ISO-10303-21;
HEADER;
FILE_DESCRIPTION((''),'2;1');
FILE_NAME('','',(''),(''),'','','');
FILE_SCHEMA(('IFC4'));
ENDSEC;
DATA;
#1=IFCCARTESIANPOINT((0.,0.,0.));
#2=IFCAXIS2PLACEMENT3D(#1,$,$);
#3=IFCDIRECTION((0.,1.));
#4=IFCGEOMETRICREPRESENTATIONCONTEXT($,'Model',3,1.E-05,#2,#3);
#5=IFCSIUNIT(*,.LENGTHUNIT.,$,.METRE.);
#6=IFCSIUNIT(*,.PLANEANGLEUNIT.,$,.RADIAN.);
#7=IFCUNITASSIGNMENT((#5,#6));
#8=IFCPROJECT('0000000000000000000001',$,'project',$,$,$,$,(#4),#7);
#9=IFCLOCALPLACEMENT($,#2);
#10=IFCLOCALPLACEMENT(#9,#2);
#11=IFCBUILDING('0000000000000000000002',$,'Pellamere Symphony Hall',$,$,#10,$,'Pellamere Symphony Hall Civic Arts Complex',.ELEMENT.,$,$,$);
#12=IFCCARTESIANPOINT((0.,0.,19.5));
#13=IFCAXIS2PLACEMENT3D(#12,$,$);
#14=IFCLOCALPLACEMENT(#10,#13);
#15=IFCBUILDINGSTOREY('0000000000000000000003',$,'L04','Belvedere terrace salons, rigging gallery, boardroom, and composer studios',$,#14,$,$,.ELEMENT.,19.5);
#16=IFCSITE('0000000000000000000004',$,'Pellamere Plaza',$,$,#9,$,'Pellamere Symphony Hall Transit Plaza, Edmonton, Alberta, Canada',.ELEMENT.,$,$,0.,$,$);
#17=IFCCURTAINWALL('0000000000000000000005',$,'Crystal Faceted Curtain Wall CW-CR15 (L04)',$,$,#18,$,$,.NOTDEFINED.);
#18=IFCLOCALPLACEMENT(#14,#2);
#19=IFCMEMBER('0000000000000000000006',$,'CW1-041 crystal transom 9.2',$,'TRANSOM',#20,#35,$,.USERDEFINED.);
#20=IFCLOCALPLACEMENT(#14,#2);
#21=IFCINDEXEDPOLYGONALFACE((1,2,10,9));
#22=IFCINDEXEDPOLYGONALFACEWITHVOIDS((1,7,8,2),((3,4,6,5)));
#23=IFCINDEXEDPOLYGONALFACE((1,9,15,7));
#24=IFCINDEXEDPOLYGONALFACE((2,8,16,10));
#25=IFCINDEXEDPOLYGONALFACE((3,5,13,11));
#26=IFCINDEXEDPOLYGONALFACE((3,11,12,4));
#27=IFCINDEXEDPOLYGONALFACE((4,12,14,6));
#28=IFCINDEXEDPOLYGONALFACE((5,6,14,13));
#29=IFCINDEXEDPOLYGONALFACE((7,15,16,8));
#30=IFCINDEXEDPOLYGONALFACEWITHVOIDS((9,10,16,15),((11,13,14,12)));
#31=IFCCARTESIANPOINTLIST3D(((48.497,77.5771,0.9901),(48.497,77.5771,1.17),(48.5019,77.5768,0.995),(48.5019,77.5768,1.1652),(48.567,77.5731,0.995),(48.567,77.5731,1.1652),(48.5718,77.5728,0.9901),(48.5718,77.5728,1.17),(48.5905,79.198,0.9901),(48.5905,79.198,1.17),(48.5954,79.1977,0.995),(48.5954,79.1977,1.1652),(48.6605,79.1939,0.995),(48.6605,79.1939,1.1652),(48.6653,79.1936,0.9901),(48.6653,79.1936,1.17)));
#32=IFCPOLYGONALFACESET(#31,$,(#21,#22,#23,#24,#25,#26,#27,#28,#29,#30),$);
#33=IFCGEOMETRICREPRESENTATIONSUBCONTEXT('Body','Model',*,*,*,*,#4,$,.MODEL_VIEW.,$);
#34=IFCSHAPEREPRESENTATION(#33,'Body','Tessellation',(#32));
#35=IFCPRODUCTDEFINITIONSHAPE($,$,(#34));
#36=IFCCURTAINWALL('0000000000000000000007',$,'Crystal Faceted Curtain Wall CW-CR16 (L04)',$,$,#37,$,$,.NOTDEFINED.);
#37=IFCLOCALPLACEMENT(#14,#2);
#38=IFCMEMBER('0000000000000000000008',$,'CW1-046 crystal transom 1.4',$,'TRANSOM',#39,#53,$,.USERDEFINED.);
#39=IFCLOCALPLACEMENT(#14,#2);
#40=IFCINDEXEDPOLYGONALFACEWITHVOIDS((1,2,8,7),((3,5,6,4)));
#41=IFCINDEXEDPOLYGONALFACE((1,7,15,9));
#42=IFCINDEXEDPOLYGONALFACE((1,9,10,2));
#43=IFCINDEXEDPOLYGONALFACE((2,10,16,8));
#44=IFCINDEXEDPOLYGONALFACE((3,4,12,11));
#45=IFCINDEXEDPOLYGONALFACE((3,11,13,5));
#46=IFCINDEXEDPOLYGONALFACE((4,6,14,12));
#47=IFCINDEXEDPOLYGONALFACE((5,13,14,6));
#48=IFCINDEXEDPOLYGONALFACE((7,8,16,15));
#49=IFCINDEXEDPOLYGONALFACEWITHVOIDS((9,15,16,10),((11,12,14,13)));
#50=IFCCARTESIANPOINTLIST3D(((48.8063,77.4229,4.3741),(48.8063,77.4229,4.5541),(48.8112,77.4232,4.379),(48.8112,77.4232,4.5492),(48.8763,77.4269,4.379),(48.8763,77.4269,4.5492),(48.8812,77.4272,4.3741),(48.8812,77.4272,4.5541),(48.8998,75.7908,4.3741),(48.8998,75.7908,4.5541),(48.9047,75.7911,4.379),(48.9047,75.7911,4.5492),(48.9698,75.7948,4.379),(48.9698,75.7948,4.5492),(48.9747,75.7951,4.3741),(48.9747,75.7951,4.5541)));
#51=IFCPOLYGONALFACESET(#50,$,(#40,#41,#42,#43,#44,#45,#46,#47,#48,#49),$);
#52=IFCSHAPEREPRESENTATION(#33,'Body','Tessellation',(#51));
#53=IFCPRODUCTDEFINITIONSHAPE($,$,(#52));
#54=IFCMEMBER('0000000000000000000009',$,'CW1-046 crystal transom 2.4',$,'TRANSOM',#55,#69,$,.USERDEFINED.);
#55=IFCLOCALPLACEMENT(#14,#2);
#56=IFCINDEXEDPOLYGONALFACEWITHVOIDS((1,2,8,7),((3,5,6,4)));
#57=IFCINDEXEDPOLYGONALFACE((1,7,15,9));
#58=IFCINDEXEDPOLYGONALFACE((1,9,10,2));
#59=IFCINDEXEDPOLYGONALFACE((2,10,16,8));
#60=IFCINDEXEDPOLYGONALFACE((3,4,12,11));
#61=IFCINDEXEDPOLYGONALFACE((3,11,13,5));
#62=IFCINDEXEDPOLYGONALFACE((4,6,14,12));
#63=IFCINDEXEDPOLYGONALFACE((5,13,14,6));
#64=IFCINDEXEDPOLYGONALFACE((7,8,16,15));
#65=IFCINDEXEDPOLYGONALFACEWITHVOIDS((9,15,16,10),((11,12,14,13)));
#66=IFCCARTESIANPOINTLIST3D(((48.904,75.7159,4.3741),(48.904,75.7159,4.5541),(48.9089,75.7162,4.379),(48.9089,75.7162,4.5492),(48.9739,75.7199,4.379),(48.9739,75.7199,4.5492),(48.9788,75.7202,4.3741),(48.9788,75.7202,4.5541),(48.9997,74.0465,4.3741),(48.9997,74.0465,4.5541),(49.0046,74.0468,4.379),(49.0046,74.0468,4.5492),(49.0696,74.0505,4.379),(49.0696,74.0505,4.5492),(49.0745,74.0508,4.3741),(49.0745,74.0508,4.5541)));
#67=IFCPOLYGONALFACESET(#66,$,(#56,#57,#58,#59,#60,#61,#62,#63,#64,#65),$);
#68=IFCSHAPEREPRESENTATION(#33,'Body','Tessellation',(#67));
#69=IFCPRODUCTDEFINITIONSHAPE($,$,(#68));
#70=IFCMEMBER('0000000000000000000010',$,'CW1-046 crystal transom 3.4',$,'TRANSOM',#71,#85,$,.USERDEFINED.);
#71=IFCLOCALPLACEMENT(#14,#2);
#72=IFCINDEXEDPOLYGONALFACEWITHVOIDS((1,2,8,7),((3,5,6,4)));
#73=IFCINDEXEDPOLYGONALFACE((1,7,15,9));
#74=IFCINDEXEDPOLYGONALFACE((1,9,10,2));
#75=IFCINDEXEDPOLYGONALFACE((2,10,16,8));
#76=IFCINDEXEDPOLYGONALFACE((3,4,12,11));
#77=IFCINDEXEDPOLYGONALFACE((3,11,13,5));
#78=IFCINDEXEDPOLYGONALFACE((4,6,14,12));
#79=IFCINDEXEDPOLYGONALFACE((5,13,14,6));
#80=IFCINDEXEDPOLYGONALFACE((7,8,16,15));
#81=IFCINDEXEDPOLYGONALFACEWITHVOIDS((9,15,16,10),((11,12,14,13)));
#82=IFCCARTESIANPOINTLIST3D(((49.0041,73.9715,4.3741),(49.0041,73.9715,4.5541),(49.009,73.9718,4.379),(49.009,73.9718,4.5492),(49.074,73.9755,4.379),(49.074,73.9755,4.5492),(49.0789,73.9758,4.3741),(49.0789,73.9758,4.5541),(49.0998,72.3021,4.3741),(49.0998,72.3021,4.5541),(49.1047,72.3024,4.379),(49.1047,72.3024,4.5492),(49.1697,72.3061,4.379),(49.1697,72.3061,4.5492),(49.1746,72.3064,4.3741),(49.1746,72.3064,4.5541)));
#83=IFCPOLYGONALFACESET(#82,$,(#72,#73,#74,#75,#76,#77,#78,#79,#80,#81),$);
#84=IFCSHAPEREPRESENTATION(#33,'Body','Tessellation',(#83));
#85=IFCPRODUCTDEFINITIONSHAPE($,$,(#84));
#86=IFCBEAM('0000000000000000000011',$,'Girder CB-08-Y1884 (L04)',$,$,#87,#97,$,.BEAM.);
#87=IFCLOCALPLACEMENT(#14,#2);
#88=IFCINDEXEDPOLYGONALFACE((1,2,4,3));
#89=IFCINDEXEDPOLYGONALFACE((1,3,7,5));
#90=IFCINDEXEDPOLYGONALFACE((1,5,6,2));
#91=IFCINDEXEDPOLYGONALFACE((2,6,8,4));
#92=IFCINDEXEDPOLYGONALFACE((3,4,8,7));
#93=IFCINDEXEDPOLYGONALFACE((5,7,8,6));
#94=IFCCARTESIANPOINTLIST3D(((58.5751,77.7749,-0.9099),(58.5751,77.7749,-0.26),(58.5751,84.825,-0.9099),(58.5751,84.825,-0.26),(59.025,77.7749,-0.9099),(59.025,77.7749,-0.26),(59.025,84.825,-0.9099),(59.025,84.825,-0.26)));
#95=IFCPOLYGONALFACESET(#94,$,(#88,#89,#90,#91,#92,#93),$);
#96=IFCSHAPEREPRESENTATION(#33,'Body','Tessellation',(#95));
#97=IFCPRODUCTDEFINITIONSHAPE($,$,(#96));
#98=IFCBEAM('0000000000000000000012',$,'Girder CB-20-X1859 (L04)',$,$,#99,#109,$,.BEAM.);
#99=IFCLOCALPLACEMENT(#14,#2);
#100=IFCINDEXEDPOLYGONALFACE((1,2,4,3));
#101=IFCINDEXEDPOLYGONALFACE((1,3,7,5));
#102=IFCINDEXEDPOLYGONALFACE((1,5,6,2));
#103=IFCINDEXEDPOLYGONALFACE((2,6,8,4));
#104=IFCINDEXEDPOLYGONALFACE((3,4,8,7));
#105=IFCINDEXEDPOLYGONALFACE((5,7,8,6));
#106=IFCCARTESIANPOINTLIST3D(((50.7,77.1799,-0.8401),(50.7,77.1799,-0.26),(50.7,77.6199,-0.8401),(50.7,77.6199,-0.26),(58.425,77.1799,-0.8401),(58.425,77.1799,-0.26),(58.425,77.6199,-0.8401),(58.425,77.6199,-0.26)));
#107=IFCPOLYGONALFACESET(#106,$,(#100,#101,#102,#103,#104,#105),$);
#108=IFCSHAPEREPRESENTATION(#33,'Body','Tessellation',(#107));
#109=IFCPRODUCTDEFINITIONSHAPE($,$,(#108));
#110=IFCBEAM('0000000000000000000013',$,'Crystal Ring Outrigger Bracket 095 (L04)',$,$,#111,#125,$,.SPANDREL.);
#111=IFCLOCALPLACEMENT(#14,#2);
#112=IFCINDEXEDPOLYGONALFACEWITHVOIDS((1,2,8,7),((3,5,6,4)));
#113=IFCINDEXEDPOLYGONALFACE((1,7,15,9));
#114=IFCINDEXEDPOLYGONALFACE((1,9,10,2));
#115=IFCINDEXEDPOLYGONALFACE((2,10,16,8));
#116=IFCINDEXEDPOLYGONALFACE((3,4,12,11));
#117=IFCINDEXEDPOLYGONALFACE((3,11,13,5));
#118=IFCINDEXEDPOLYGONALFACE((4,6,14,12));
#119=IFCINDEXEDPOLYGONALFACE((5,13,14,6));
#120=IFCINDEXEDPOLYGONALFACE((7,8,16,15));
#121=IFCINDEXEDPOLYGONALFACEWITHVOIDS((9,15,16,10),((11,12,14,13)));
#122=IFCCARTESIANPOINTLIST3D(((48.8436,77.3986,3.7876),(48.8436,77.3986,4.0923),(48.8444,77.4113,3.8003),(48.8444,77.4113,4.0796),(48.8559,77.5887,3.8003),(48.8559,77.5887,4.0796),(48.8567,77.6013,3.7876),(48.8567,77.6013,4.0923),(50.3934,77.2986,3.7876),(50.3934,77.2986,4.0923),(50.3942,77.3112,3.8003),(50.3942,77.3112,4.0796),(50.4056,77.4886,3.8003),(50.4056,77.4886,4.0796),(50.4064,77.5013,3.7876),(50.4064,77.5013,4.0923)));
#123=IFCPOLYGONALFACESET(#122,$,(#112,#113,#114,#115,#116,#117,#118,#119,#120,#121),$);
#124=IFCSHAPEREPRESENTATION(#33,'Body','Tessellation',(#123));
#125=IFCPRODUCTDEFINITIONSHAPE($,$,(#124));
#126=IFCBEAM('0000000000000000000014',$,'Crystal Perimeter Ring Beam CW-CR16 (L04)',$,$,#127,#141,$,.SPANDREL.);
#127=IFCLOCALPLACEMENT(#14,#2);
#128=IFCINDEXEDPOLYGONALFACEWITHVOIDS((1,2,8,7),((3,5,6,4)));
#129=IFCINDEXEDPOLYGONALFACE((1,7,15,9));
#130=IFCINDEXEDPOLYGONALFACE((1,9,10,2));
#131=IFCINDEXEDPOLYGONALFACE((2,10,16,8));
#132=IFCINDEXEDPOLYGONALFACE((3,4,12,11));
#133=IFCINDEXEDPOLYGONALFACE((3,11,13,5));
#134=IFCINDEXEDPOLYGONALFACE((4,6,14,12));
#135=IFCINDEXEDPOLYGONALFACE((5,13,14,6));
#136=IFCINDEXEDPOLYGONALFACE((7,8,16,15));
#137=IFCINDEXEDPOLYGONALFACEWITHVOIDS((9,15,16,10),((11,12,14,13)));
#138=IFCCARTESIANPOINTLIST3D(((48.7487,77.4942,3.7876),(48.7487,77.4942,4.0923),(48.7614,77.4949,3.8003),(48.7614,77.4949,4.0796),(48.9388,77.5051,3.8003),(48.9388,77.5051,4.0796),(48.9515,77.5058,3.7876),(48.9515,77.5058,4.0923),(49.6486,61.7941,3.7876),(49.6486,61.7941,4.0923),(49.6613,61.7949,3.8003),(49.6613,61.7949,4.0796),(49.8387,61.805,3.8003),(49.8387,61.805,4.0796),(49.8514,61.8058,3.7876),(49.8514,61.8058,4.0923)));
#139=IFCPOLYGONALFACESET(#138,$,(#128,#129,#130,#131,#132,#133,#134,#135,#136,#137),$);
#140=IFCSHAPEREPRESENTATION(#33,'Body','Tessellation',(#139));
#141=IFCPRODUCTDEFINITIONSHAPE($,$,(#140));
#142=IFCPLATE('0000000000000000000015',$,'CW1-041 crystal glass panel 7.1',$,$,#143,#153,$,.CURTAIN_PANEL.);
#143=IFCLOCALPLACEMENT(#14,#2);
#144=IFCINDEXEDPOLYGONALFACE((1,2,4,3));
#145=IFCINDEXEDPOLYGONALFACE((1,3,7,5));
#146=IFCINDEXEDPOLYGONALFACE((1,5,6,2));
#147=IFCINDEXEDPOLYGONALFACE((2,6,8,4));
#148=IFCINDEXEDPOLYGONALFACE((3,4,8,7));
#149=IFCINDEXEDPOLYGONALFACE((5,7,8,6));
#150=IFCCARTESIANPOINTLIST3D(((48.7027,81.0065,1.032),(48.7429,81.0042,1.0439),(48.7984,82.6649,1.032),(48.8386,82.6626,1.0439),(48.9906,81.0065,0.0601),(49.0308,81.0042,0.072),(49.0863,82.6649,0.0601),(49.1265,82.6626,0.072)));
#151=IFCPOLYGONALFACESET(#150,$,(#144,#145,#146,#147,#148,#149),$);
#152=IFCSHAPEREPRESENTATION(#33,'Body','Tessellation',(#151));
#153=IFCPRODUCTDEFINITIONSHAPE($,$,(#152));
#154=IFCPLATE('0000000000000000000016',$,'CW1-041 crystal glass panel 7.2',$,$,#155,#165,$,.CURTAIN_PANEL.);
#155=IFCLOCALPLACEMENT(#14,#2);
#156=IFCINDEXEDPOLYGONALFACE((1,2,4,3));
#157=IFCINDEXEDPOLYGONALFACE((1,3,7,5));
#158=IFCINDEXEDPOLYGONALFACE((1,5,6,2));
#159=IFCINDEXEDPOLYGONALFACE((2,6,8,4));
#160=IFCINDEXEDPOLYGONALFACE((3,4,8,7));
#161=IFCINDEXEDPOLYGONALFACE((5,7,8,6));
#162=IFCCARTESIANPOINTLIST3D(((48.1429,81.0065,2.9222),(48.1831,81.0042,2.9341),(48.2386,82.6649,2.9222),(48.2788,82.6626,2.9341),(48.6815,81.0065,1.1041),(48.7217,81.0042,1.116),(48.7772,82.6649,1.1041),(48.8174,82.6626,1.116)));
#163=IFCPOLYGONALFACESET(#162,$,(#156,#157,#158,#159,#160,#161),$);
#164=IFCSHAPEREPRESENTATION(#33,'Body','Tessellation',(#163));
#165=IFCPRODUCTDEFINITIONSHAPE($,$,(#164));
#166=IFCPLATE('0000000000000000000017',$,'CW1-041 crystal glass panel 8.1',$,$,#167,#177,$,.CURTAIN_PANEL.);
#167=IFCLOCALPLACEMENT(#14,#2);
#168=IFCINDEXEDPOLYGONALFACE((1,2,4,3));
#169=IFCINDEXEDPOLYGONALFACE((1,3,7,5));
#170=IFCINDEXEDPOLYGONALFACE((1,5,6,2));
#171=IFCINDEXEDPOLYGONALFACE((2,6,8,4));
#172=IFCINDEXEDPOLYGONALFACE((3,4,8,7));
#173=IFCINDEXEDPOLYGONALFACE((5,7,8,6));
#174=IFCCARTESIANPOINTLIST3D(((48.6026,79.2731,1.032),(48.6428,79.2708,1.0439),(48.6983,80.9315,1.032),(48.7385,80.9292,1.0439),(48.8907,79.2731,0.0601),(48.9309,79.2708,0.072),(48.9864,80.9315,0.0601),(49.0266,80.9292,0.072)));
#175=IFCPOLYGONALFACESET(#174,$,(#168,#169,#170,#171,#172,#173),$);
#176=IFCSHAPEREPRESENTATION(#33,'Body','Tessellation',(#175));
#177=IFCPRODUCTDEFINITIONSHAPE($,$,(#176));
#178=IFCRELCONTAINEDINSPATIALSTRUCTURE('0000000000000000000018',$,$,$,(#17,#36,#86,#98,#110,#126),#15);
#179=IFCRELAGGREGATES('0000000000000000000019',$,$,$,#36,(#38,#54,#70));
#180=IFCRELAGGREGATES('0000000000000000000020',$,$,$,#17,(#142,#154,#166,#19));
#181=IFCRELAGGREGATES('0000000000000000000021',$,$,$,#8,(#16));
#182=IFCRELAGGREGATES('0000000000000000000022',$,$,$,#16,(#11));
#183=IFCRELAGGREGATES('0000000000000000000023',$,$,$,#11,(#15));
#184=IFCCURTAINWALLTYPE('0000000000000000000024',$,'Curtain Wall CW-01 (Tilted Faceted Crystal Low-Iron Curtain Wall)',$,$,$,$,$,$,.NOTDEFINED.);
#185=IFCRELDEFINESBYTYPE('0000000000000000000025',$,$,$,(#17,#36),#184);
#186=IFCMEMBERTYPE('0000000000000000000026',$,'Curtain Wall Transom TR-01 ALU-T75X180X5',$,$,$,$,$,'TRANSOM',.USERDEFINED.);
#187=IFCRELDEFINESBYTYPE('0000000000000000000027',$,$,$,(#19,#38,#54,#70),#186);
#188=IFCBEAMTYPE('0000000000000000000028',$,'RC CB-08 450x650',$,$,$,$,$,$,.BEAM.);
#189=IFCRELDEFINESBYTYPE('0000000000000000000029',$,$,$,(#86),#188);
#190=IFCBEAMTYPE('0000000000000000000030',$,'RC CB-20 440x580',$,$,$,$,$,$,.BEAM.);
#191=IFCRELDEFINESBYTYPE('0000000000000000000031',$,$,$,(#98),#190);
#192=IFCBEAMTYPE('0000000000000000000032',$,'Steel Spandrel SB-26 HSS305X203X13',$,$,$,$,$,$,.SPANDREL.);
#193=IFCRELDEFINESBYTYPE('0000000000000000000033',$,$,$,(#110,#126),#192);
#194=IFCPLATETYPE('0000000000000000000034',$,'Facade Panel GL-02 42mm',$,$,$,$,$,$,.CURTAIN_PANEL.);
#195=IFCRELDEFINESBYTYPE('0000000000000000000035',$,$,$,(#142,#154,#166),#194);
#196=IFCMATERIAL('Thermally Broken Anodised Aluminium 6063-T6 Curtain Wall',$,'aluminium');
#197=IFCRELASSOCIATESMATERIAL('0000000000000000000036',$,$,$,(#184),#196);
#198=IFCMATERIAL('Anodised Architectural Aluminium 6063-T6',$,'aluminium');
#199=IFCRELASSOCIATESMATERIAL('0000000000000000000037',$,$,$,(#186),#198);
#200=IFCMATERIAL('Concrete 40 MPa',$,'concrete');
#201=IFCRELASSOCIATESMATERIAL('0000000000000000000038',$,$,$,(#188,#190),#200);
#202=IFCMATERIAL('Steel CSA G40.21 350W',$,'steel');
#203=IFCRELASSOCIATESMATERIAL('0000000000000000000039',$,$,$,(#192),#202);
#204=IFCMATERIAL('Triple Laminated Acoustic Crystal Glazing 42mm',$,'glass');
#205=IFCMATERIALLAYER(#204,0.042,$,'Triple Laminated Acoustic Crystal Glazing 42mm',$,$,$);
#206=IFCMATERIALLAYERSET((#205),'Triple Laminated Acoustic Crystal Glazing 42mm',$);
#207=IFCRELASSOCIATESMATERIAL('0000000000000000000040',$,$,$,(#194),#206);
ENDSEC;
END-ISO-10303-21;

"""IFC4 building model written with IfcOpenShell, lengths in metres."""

from ifc_helpers import new_model, si_unit, direction, frame, origin, origin_2d, place, context, subcontext, project, spatial, polyline, rectangle, hollow_rectangle, outline, extrude, material, layer, layer_set, material_profile, profile_set, type_object, element, aggregate, save


model = new_model("IFC4")

# Units and contexts
model_context = context("Model", 3, precision=1e-05, world=origin(), true_north=direction((0.0, 1.0)))
body_context = subcontext(model_context, "Body", "Model", "MODEL_VIEW")
ifc_project = project(units=[si_unit("LENGTHUNIT", "METRE"), si_unit("PLANEANGLEUNIT", "RADIAN")], contexts=[model_context])

# Site, building, storey
site_placement = place(None, origin())
site = spatial("IfcSite", under=ifc_project, at=site_placement, Name="Pellamere Plaza", LongName="Pellamere Symphony Hall Transit Plaza, Edmonton, Alberta, Canada", CompositionType="ELEMENT", RefElevation=0.0)
building_placement = place(site_placement, origin())
building = spatial("IfcBuilding", under=site, at=building_placement, Name="Pellamere Symphony Hall", LongName="Pellamere Symphony Hall Civic Arts Complex", CompositionType="ELEMENT")
storey_placement = place(building_placement, frame((0.0, 0.0, 19.5)))
storey = spatial("IfcBuildingStorey", under=building, at=storey_placement, Name="L04", Description="Belvedere terrace salons, rigging gallery, boardroom, and composer studios", CompositionType="ELEMENT", Elevation=19.5)

# Shared definitions
ifc_material_1 = material(Name="Concrete 40 MPa", Category="concrete")

# Curtain walls, members
ifc_material_2 = material(Name="Thermally Broken Anodised Aluminium 6063-T6 Curtain Wall", Category="aluminium")
curtain_wall_type = type_object("IfcCurtainWallType", Name="Curtain Wall CW-01 (Tilted Faceted Crystal Low-Iron Curtain Wall)", PredefinedType="NOTDEFINED", material=ifc_material_2)
curtain_wall_1_placement = place(storey_placement, origin())
curtain_wall_1 = element("IfcCurtainWall", 1, at=curtain_wall_1_placement, inside=storey, type_object=curtain_wall_type, Name="Crystal Faceted Curtain Wall CW-CR15 (L04)", PredefinedType="NOTDEFINED")
ifc_material_3 = material(Name="Anodised Architectural Aluminium 6063-T6", Category="aluminium")
ifc_material_profile_1 = material_profile(ifc_material_3, hollow_rectangle(XDim=0.075, YDim=0.1799, WallThickness=0.0049, at=origin_2d()), Name="ALU-T75X180X5")
ifc_profile_set_1 = profile_set([ifc_material_profile_1], Name="Anodised Architectural Aluminium 6063-T6")
member_type_1 = type_object("IfcMemberType", Name="Curtain Wall Transom TR-01 ALU-T75X180X5", ElementType="TRANSOM", PredefinedType="USERDEFINED", material=ifc_profile_set_1)
member_1_placement = place(storey_placement, frame((48.6279, 79.1958, 1.0801), z_axis=(-0.057594, -0.99834, 0.0), x_axis=(0.99834, -0.057594, 0.0)))
member_1 = element("IfcMember", 2, at=member_1_placement, type_object=member_type_1, Name="CW1-041 crystal transom 9.2", ObjectType="TRANSOM", PredefinedType="USERDEFINED", context=body_context, shape_type="SweptSolid", body=[
    extrude(hollow_rectangle(XDim=0.075, YDim=0.1799, WallThickness=0.0049, at=origin_2d()), origin(), (0.0, 0.0, 1.0), 1.6235),
])
curtain_wall_2_placement = place(storey_placement, origin())
curtain_wall_2 = element("IfcCurtainWall", 3, at=curtain_wall_2_placement, inside=storey, type_object=curtain_wall_type, Name="Crystal Faceted Curtain Wall CW-CR16 (L04)", PredefinedType="NOTDEFINED")
member_2_placement = place(storey_placement, frame((48.8438, 77.425, 4.4641), z_axis=(0.057199, -0.998363, 0.0), x_axis=(0.998363, 0.057199, 0.0)))
member_2 = element("IfcMember", 4, at=member_2_placement, type_object=member_type_1, Name="CW1-046 crystal transom 1.4", ObjectType="TRANSOM", PredefinedType="USERDEFINED", context=body_context, shape_type="SweptSolid", body=[
    extrude(hollow_rectangle(XDim=0.075, YDim=0.1799, WallThickness=0.0049, at=origin_2d()), origin(), (0.0, 0.0, 1.0), 1.6348),
])
member_3_placement = place(storey_placement, frame((48.9414, 75.718, 4.4641), z_axis=(0.057233, -0.998361, 0.0), x_axis=(0.998361, 0.057233, 0.0)))
member_3 = element("IfcMember", 5, at=member_3_placement, type_object=member_type_1, Name="CW1-046 crystal transom 2.4", ObjectType="TRANSOM", PredefinedType="USERDEFINED", context=body_context, shape_type="SweptSolid", body=[
    extrude(hollow_rectangle(XDim=0.075, YDim=0.1799, WallThickness=0.0049, at=origin_2d()), origin(), (0.0, 0.0, 1.0), 1.6721),
])
member_4_placement = place(storey_placement, frame((49.0415, 73.9736, 4.4641), z_axis=(0.057233, -0.998361, 0.0), x_axis=(0.998361, 0.057233, 0.0)))
member_4 = element("IfcMember", 6, at=member_4_placement, type_object=member_type_1, Name="CW1-046 crystal transom 3.4", ObjectType="TRANSOM", PredefinedType="USERDEFINED", context=body_context, shape_type="SweptSolid", body=[
    extrude(hollow_rectangle(XDim=0.075, YDim=0.1799, WallThickness=0.0049, at=origin_2d()), origin(), (0.0, 0.0, 1.0), 1.6721),
])
aggregate(curtain_wall_2, [member_2, member_3, member_4])

# Beams
ifc_material_profile_2 = material_profile(ifc_material_1, rectangle(XDim=0.45, YDim=0.6499, at=origin_2d()), Name="RC 450x650")
ifc_profile_set_2 = profile_set([ifc_material_profile_2], Name="Concrete 40 MPa")
beam_type_1 = type_object("IfcBeamType", Name="RC CB-08 450x650", PredefinedType="BEAM", material=ifc_profile_set_2)
beam_1_placement = place(storey_placement, frame((58.8, 77.7749, -0.585), z_axis=(0.0, 1.0, 0.0), x_axis=(-1.0, 0.0, 0.0)))
element("IfcBeam", 7, at=beam_1_placement, inside=storey, type_object=beam_type_1, Name="Girder CB-08-Y1884 (L04)", PredefinedType="BEAM", context=body_context, shape_type="SweptSolid", body=[
    extrude(rectangle(XDim=0.45, YDim=0.6499, at=origin_2d()), origin(), (0.0, 0.0, 1.0), 7.05),
])
ifc_material_profile_3 = material_profile(ifc_material_1, rectangle(XDim=0.4399, YDim=0.5801, at=origin_2d()), Name="RC 440x580")
ifc_profile_set_3 = profile_set([ifc_material_profile_3], Name="Concrete 40 MPa")
beam_type_2 = type_object("IfcBeamType", Name="RC CB-20 440x580", PredefinedType="BEAM", material=ifc_profile_set_3)
beam_2_placement = place(storey_placement, frame((50.7, 77.3999, -0.55), z_axis=(1.0, 0.0, 0.0), x_axis=(0.0, 1.0, 0.0)))
element("IfcBeam", 8, at=beam_2_placement, inside=storey, type_object=beam_type_2, Name="Girder CB-20-X1859 (L04)", PredefinedType="BEAM", context=body_context, shape_type="SweptSolid", body=[
    extrude(rectangle(XDim=0.4399, YDim=0.5801, at=origin_2d()), origin(), (0.0, 0.0, 1.0), 7.7251),
])
ifc_material_4 = material(Name="Steel CSA G40.21 350W", Category="steel")
ifc_material_profile_4 = material_profile(ifc_material_4, hollow_rectangle(XDim=0.2031, YDim=0.3047, WallThickness=0.0127, at=origin_2d()), Name="HSS305X203X13")
ifc_profile_set_4 = profile_set([ifc_material_profile_4], Name="Steel CSA G40.21 350W")
beam_type_3 = type_object("IfcBeamType", Name="Steel Spandrel SB-26 HSS305X203X13", PredefinedType="SPANDREL", material=ifc_profile_set_4)
beam_3_placement = place(storey_placement, frame((50.3999, 77.3999, 3.9399), z_axis=(-0.997921, 0.064453, 0.0), x_axis=(-0.064453, -0.997921, 0.0)))
element("IfcBeam", 9, at=beam_3_placement, inside=storey, type_object=beam_type_3, Name="Crystal Ring Outrigger Bracket 095 (L04)", PredefinedType="SPANDREL", context=body_context, shape_type="SweptSolid", body=[
    extrude(hollow_rectangle(XDim=0.2031, YDim=0.3047, WallThickness=0.0127, at=origin_2d()), origin(), (0.0, 0.0, 1.0), 1.553),
])
beam_4_placement = place(storey_placement, frame((48.8501, 77.5, 3.9399), z_axis=(0.057225, -0.998361, 0.0), x_axis=(0.998361, 0.057225, 0.0)))
element("IfcBeam", 10, at=beam_4_placement, inside=storey, type_object=beam_type_3, Name="Crystal Perimeter Ring Beam CW-CR16 (L04)", PredefinedType="SPANDREL", context=body_context, shape_type="SweptSolid", body=[
    extrude(hollow_rectangle(XDim=0.2031, YDim=0.3047, WallThickness=0.0127, at=origin_2d()), origin(), (0.0, 0.0, 1.0), 15.7258),
])

# Plates
ifc_material_5 = material(Name="Triple Laminated Acoustic Crystal Glazing 42mm", Category="glass")
ifc_layer_1 = layer(ifc_material_5, 0.042, Name="Triple Laminated Acoustic Crystal Glazing 42mm")
ifc_layer_set_1 = layer_set([ifc_layer_1], Name="Triple Laminated Acoustic Crystal Glazing 42mm")
plate_type_1 = type_object("IfcPlateType", Name="Facade Panel GL-02 42mm", PredefinedType="CURTAIN_PANEL", material=ifc_layer_set_1)
plate_1_placement = place(storey_placement, frame((49.1265, 82.6626, 0.072), z_axis=(0.95737, -0.055246, 0.283532), x_axis=(-0.057611, -0.998339, 0.0)))
plate_1 = element("IfcPlate", 11, at=plate_1_placement, type_object=plate_type_1, Name="CW1-041 crystal glass panel 7.1", PredefinedType="CURTAIN_PANEL", context=body_context, shape_type="SweptSolid", body=[
    extrude(outline(polyline([(0.0, 0.0), (1.6612, 0.0), (1.6778, -1.0135), (0.0166, -1.0135), (0.0, 0.0)])), origin(), (0.0, 0.0, -1.0), 0.042),
])
plate_2_placement = place(storey_placement, frame((48.8174, 82.6626, 1.116), z_axis=(0.957352, -0.055245, 0.283593), x_axis=(-0.057611, -0.998339, 0.0)))
plate_2 = element("IfcPlate", 12, at=plate_2_placement, type_object=plate_type_1, Name="CW1-041 crystal glass panel 7.2", PredefinedType="CURTAIN_PANEL", context=body_context, shape_type="SweptSolid", body=[
    extrude(outline(polyline([(0.0, 0.0), (1.6612, 0.0), (1.6922, -1.896), (0.031, -1.896), (0.0, 0.0)])), origin(), (0.0, 0.0, -1.0), 0.042),
])
plate_3_placement = place(storey_placement, frame((49.0266, 80.9292, 0.072), z_axis=(0.957305, -0.055243, 0.283753), x_axis=(-0.057611, -0.998339, 0.0)))
plate_3 = element("IfcPlate", 13, at=plate_3_placement, type_object=plate_type_1, Name="CW1-041 crystal glass panel 8.1", PredefinedType="CURTAIN_PANEL", context=body_context, shape_type="SweptSolid", body=[
    extrude(outline(polyline([(0.0, 0.0), (1.6612, 0.0), (1.6778, -1.0136), (0.0166, -1.0136), (0.0, 0.0)])), origin(), (0.0, 0.0, -1.0), 0.042),
])
aggregate(curtain_wall_1, [plate_1, plate_2, plate_3, member_1])

save(model, "model.ifc")
